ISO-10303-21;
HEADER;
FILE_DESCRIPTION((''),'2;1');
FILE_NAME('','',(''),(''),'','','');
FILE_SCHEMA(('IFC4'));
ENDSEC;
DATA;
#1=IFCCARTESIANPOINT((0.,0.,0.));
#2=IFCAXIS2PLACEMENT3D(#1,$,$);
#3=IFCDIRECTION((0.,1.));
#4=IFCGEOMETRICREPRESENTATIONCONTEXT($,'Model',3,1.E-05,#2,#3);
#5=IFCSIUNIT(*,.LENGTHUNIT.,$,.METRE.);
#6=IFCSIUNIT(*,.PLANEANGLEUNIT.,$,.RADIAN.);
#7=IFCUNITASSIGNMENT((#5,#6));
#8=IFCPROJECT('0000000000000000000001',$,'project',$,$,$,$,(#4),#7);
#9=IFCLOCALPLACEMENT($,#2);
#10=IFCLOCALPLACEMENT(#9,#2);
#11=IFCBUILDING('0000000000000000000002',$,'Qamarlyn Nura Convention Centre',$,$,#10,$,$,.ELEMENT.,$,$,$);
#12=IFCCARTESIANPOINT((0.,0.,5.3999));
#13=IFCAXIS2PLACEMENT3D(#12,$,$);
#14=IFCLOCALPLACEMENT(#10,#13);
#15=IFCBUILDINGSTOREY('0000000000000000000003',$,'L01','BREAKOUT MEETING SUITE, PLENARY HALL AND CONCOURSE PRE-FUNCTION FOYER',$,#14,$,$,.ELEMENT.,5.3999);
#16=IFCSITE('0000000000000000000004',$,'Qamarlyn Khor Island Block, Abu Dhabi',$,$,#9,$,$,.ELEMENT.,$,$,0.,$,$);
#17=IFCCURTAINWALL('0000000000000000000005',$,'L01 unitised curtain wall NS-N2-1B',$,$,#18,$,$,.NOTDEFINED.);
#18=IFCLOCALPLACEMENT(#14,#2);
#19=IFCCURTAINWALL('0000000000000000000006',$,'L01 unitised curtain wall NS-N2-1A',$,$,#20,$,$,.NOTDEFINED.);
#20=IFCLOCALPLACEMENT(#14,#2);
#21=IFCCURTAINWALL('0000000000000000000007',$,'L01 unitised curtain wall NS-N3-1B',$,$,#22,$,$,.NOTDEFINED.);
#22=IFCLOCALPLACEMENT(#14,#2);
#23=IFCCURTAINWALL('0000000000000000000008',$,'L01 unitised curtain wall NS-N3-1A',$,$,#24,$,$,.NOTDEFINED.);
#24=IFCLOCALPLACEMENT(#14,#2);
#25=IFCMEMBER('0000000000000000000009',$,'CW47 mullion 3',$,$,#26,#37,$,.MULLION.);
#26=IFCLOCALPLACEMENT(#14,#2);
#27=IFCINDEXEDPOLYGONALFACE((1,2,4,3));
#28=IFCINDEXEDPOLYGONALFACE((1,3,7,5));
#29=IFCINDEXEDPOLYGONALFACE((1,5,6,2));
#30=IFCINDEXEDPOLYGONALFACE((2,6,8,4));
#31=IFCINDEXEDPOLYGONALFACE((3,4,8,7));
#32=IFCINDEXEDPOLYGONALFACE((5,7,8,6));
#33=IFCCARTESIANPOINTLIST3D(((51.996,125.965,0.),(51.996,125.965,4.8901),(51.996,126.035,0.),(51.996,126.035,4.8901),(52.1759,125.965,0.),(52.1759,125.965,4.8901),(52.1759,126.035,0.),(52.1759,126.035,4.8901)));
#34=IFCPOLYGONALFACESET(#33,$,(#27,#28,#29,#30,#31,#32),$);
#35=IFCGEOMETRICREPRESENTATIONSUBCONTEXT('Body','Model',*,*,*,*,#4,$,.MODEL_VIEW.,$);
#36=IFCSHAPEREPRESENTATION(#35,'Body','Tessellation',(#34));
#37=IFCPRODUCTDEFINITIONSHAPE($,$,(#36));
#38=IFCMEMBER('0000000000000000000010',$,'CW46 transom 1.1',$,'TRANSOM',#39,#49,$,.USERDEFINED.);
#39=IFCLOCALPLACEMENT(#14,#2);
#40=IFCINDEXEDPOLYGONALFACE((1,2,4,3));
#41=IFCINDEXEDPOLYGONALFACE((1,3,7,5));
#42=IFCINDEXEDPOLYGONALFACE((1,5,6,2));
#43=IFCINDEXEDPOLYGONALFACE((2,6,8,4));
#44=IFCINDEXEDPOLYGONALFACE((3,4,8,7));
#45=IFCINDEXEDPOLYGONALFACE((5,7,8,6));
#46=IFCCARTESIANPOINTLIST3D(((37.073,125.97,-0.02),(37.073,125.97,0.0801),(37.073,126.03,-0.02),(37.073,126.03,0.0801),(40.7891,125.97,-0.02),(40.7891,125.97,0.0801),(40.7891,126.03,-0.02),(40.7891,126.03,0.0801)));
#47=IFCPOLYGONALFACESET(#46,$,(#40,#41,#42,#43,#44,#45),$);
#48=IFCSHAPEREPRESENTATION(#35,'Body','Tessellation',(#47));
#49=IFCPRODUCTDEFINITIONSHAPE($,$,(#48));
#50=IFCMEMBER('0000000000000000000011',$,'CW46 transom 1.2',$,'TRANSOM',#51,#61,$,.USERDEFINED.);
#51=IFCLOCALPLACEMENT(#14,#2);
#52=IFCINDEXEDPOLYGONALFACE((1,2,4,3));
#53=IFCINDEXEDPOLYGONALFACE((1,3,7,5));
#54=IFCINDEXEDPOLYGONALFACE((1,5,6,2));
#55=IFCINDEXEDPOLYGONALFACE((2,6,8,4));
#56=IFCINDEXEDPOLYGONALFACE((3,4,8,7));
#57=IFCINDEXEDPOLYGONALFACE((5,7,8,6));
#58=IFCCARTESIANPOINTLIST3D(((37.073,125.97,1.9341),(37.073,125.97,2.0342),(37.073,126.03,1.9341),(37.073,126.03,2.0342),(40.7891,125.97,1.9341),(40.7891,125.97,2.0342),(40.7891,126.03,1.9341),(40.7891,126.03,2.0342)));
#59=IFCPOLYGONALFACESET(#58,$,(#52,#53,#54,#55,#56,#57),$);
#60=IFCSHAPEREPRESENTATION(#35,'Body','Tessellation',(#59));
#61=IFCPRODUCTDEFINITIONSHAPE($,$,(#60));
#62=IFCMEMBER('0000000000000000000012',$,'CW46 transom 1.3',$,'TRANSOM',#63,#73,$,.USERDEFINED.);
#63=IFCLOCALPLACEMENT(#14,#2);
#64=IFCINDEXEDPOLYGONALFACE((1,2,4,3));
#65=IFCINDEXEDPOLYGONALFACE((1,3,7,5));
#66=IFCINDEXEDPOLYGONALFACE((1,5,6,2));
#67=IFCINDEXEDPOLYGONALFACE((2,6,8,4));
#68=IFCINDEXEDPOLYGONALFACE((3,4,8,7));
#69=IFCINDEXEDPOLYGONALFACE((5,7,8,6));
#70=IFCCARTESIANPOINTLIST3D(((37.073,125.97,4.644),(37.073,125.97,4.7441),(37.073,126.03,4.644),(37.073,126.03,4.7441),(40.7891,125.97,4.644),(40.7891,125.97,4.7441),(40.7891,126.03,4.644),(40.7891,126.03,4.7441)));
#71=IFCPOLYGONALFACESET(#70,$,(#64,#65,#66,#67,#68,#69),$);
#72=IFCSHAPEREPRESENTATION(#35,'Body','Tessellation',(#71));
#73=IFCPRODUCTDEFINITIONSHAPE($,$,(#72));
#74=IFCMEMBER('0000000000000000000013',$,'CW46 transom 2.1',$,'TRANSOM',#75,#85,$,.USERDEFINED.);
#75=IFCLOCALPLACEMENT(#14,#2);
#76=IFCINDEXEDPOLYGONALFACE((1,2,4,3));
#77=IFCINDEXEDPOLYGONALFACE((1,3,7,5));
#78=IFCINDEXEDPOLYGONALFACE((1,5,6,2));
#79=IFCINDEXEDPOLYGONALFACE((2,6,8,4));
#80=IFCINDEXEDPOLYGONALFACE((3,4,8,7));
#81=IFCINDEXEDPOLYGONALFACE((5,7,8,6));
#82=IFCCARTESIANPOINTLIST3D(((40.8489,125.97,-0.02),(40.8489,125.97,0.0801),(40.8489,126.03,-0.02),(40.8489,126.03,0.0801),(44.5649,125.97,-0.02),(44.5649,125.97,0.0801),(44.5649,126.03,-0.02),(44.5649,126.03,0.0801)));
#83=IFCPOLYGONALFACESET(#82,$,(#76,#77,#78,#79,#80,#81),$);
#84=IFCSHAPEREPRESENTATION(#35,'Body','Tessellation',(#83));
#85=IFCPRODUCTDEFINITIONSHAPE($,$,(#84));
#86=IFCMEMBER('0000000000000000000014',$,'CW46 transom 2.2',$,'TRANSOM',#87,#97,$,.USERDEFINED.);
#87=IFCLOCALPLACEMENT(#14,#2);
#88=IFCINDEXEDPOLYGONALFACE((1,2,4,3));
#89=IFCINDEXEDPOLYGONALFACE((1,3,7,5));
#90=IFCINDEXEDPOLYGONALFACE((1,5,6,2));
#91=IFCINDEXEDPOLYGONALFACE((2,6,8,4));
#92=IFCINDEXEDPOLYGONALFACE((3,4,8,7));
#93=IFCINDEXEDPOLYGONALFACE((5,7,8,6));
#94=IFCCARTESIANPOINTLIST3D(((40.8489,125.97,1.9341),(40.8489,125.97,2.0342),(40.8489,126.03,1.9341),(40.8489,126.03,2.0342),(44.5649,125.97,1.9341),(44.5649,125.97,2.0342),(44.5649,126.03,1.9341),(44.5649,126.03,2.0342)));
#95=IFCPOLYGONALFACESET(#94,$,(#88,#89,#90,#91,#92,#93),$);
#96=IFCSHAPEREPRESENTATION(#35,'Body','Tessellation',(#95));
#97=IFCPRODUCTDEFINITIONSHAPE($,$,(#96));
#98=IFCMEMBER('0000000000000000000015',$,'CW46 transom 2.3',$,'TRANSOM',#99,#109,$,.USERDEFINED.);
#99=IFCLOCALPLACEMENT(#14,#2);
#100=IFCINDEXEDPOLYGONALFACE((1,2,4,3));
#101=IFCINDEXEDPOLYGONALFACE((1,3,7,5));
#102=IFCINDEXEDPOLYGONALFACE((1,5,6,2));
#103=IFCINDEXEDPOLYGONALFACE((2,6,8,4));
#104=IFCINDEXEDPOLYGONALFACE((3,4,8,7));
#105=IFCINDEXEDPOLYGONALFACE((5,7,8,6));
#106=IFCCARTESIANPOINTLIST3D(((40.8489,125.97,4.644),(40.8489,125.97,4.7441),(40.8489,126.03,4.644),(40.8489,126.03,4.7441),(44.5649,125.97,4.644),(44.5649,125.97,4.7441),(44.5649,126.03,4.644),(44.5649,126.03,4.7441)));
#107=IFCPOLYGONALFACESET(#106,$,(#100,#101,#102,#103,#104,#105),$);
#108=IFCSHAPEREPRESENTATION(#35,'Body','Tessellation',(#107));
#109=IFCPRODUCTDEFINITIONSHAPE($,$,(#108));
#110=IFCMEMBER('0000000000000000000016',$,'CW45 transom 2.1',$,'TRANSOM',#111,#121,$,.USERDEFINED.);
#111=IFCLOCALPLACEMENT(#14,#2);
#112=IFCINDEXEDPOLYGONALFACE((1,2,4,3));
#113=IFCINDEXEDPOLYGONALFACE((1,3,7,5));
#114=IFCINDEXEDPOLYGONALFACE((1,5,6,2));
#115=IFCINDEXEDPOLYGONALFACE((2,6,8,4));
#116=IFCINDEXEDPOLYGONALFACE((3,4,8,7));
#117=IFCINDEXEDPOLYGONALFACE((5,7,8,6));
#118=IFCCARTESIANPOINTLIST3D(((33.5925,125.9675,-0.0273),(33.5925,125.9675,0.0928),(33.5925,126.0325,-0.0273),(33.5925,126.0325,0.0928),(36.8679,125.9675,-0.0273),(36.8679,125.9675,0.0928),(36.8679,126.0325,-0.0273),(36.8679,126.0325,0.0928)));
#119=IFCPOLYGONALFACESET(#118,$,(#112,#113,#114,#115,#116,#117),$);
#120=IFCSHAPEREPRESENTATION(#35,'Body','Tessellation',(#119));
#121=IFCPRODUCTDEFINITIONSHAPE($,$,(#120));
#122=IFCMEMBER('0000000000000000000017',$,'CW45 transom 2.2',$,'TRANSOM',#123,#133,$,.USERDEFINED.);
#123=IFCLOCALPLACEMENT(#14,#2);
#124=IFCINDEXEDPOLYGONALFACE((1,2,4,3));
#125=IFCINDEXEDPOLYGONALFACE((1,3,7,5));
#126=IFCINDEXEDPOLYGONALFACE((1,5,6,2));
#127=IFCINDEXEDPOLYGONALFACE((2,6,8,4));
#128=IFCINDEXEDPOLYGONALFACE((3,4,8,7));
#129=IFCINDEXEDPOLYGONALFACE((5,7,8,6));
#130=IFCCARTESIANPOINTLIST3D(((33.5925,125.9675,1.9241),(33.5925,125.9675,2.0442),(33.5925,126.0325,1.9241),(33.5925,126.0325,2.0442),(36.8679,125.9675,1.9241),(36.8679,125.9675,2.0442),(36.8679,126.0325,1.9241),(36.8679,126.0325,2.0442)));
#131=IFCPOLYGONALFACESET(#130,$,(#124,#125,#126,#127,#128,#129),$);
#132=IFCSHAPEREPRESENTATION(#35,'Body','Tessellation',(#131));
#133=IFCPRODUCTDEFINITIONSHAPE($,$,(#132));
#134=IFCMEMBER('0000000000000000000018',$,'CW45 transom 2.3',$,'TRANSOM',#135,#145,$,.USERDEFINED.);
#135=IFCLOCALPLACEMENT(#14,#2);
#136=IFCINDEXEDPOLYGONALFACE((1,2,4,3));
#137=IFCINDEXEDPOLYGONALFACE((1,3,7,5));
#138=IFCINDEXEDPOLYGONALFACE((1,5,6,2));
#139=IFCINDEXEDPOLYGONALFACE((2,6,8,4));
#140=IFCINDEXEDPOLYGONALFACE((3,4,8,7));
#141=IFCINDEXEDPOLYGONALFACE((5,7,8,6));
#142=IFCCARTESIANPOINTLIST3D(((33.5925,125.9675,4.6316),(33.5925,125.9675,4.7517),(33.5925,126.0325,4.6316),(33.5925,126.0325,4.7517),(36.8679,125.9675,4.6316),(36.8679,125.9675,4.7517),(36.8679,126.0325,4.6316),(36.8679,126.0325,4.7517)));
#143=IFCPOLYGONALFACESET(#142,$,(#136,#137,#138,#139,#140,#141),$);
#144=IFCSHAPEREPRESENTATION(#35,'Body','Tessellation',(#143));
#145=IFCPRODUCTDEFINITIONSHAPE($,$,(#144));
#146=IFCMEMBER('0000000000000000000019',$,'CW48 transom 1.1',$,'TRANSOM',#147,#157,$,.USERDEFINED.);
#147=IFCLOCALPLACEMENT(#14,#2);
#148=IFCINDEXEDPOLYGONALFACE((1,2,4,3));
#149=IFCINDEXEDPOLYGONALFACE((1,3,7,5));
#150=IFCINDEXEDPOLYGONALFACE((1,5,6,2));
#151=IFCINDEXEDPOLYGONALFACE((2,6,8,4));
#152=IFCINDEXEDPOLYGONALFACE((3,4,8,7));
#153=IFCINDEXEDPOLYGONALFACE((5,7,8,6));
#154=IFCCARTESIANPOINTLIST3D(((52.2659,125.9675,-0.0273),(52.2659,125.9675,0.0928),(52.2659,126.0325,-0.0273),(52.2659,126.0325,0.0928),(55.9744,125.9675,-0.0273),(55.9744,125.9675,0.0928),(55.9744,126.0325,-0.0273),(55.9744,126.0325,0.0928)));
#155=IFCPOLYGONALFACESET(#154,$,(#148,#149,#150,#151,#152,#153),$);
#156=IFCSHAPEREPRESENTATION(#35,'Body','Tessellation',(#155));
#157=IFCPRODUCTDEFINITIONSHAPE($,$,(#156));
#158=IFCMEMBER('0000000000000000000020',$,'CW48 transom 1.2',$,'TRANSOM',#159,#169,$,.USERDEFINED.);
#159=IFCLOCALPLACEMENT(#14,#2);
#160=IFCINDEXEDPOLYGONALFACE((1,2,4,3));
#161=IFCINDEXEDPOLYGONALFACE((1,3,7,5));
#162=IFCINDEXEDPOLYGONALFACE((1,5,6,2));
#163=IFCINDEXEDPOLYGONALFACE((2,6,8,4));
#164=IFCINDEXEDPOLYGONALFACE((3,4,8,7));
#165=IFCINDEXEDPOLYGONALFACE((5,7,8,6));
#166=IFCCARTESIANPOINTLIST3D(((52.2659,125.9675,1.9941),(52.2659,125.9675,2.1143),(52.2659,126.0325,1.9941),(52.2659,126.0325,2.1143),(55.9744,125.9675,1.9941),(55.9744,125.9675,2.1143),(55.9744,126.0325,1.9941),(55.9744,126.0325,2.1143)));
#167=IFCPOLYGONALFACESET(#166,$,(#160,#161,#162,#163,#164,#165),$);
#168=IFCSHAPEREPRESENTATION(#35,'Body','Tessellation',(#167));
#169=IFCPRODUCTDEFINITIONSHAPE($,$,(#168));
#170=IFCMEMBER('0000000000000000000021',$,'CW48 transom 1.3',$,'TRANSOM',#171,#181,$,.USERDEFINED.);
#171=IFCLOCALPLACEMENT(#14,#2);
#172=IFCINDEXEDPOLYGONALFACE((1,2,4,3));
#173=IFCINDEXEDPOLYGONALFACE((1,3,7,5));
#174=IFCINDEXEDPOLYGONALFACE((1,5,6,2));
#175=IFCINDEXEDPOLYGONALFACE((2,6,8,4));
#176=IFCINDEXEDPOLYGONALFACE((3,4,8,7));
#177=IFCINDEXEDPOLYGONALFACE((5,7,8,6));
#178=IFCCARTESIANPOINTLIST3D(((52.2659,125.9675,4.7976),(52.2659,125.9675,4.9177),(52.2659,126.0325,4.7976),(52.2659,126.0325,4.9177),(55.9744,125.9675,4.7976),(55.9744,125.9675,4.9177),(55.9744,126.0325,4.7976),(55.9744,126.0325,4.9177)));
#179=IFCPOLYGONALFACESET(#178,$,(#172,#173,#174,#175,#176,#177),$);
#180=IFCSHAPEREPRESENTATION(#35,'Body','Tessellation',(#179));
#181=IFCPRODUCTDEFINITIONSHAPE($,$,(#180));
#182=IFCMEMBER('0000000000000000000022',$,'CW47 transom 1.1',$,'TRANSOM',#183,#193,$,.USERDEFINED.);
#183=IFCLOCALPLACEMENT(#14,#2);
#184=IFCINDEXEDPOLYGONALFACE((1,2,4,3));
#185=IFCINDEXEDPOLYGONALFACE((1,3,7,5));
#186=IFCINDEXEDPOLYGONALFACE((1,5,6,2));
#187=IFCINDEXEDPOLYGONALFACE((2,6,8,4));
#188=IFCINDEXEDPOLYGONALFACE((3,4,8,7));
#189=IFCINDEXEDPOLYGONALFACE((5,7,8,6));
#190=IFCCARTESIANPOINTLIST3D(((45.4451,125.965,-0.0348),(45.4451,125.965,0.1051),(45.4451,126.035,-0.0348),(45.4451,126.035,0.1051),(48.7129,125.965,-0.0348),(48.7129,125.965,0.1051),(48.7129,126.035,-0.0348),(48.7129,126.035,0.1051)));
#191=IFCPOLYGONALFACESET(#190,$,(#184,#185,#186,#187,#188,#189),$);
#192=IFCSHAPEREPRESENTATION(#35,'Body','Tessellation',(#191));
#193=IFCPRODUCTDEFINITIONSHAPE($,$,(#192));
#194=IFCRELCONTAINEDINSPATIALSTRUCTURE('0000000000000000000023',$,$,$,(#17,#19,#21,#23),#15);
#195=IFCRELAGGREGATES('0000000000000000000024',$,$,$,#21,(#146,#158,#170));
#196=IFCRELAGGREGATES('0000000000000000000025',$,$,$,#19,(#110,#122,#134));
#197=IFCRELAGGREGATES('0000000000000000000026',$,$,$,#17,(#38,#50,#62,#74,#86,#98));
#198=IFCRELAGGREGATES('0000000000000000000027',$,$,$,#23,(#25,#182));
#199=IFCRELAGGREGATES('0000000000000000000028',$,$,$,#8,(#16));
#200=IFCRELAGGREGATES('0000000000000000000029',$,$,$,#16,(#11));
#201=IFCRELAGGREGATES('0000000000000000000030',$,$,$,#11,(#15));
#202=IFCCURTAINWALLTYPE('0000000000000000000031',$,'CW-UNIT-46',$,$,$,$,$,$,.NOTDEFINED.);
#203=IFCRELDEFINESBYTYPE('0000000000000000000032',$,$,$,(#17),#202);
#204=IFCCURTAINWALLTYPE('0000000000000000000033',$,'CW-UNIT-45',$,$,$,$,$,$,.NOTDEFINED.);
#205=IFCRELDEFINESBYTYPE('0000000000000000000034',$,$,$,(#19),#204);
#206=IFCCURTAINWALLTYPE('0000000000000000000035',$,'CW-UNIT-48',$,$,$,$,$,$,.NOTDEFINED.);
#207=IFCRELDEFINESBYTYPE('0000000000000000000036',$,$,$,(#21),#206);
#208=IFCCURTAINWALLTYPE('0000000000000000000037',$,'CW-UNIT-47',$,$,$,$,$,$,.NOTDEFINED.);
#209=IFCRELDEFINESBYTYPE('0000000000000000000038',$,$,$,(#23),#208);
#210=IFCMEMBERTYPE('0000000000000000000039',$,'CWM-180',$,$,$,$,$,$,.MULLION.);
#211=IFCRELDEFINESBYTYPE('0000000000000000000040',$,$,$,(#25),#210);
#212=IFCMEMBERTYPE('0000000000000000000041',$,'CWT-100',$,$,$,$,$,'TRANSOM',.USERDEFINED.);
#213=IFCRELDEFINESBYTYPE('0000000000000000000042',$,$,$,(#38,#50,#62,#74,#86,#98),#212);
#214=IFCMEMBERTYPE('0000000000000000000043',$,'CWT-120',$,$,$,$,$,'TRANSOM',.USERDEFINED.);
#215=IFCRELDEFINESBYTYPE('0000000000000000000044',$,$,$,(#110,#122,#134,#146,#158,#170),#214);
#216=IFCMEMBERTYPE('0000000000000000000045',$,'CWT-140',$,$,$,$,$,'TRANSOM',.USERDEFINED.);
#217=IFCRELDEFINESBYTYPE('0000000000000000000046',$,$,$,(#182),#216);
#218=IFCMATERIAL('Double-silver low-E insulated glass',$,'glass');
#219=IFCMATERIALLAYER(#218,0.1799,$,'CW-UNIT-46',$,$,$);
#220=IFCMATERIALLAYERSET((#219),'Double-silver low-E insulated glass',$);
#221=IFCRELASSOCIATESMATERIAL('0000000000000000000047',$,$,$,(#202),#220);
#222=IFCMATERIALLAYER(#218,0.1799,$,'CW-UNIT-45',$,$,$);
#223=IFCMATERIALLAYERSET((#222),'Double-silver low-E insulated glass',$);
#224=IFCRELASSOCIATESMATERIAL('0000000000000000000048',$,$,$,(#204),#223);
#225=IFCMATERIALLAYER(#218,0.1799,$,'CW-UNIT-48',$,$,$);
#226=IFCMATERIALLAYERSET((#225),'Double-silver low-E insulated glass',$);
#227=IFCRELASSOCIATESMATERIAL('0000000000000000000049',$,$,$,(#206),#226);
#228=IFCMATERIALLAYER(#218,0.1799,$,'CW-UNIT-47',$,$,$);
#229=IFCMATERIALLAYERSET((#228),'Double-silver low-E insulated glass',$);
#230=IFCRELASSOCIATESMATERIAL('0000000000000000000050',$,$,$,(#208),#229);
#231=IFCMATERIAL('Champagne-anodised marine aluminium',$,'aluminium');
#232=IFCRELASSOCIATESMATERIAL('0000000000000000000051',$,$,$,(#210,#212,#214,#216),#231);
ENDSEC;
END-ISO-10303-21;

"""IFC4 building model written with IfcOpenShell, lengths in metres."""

from ifc_helpers import new_model, si_unit, direction, frame, origin, origin_2d, place, context, subcontext, project, spatial, rectangle, extrude, material, layer, layer_set, material_profile, profile_set, type_object, element, aggregate, save


model = new_model("IFC4")

# Units and contexts
model_context = context("Model", 3, precision=1e-05, world=origin(), true_north=direction((0.0, 1.0)))
body_context = subcontext(model_context, "Body", "Model", "MODEL_VIEW")
ifc_project = project(units=[si_unit("LENGTHUNIT", "METRE"), si_unit("PLANEANGLEUNIT", "RADIAN")], contexts=[model_context])

# Site, building, storey
site_placement = place(None, origin())
site = spatial("IfcSite", under=ifc_project, at=site_placement, Name="Qamarlyn Khor Island Block, Abu Dhabi", CompositionType="ELEMENT", RefElevation=0.0)
building_placement = place(site_placement, origin())
building = spatial("IfcBuilding", under=site, at=building_placement, Name="Qamarlyn Nura Convention Centre", CompositionType="ELEMENT")
storey_placement = place(building_placement, frame((0.0, 0.0, 5.3999)))
storey = spatial("IfcBuildingStorey", under=building, at=storey_placement, Name="L01", Description="BREAKOUT MEETING SUITE, PLENARY HALL AND CONCOURSE PRE-FUNCTION FOYER", CompositionType="ELEMENT", Elevation=5.3999)

# Curtain walls
ifc_material_1 = material(Name="Double-silver low-E insulated glass", Category="glass")
ifc_layer_1 = layer(ifc_material_1, 0.1799, Name="CW-UNIT-46")
ifc_layer_set_1 = layer_set([ifc_layer_1], Name="Double-silver low-E insulated glass")
curtain_wall_type_1 = type_object("IfcCurtainWallType", Name="CW-UNIT-46", PredefinedType="NOTDEFINED", material=ifc_layer_set_1)
curtain_wall_1_placement = place(storey_placement, origin())
curtain_wall_1 = element("IfcCurtainWall", 1, at=curtain_wall_1_placement, inside=storey, type_object=curtain_wall_type_1, Name="L01 unitised curtain wall NS-N2-1B", PredefinedType="NOTDEFINED")
ifc_material_2 = material(Name="Champagne-anodised marine aluminium", Category="aluminium")
ifc_layer_2 = layer(ifc_material_1, 0.1799, Name="CW-UNIT-45")
ifc_layer_set_2 = layer_set([ifc_layer_2], Name="Double-silver low-E insulated glass")
curtain_wall_type_2 = type_object("IfcCurtainWallType", Name="CW-UNIT-45", PredefinedType="NOTDEFINED", material=ifc_layer_set_2)
curtain_wall_2_placement = place(storey_placement, origin())
curtain_wall_2 = element("IfcCurtainWall", 2, at=curtain_wall_2_placement, inside=storey, type_object=curtain_wall_type_2, Name="L01 unitised curtain wall NS-N2-1A", PredefinedType="NOTDEFINED")

# Curtain wall
ifc_layer_3 = layer(ifc_material_1, 0.1799, Name="CW-UNIT-48")
ifc_layer_set_3 = layer_set([ifc_layer_3], Name="Double-silver low-E insulated glass")
curtain_wall_type_3 = type_object("IfcCurtainWallType", Name="CW-UNIT-48", PredefinedType="NOTDEFINED", material=ifc_layer_set_3)
curtain_wall_3_placement = place(storey_placement, origin())
curtain_wall_3 = element("IfcCurtainWall", 3, at=curtain_wall_3_placement, inside=storey, type_object=curtain_wall_type_3, Name="L01 unitised curtain wall NS-N3-1B", PredefinedType="NOTDEFINED")

# Curtain wall, member
ifc_layer_4 = layer(ifc_material_1, 0.1799, Name="CW-UNIT-47")
ifc_layer_set_4 = layer_set([ifc_layer_4], Name="Double-silver low-E insulated glass")
curtain_wall_type_4 = type_object("IfcCurtainWallType", Name="CW-UNIT-47", PredefinedType="NOTDEFINED", material=ifc_layer_set_4)
curtain_wall_4_placement = place(storey_placement, origin())
curtain_wall_4 = element("IfcCurtainWall", 4, at=curtain_wall_4_placement, inside=storey, type_object=curtain_wall_type_4, Name="L01 unitised curtain wall NS-N3-1A", PredefinedType="NOTDEFINED")
ifc_material_profile_1 = material_profile(ifc_material_2, rectangle(XDim=0.0701, YDim=0.1799, at=origin_2d()), Name="ALU MULLION 70x180")
ifc_profile_set_1 = profile_set([ifc_material_profile_1], Name="Champagne-anodised marine aluminium")
member_type_1 = type_object("IfcMemberType", Name="CWM-180", PredefinedType="MULLION", material=ifc_profile_set_1)
member_1_placement = place(storey_placement, frame((52.0859, 126.0, 0.0), z_axis=(0.0, 0.0, 1.0), x_axis=(0.0, 1.0, 0.0)))
member_1 = element("IfcMember", 5, at=member_1_placement, type_object=member_type_1, Name="CW47 mullion 3", PredefinedType="MULLION", context=body_context, shape_type="SweptSolid", body=[
    extrude(rectangle(XDim=0.0701, YDim=0.1799, at=origin_2d()), origin(), (0.0, 0.0, 1.0), 4.8901),
])

# Members
ifc_material_profile_2 = material_profile(ifc_material_2, rectangle(XDim=0.0601, YDim=0.1001, at=origin_2d()), Name="ALU TRANSOM 60x100")
ifc_profile_set_2 = profile_set([ifc_material_profile_2], Name="Champagne-anodised marine aluminium")
member_type_2 = type_object("IfcMemberType", Name="CWT-100", ElementType="TRANSOM", PredefinedType="USERDEFINED", material=ifc_profile_set_2)
member_2_placement = place(storey_placement, frame((37.073, 126.0, 0.03), z_axis=(1.0, 0.0, 0.0), x_axis=(0.0, 1.0, 0.0)))
member_2 = element("IfcMember", 6, at=member_2_placement, type_object=member_type_2, Name="CW46 transom 1.1", ObjectType="TRANSOM", PredefinedType="USERDEFINED", context=body_context, shape_type="SweptSolid", body=[
    extrude(rectangle(XDim=0.0601, YDim=0.1001, at=origin_2d()), origin(), (0.0, 0.0, 1.0), 3.7161),
])
member_3_placement = place(storey_placement, frame((37.073, 126.0, 1.9841), z_axis=(1.0, 0.0, 0.0), x_axis=(0.0, 1.0, 0.0)))
member_3 = element("IfcMember", 7, at=member_3_placement, type_object=member_type_2, Name="CW46 transom 1.2", ObjectType="TRANSOM", PredefinedType="USERDEFINED", context=body_context, shape_type="SweptSolid", body=[
    extrude(rectangle(XDim=0.0601, YDim=0.1001, at=origin_2d()), origin(), (0.0, 0.0, 1.0), 3.7161),
])
member_4_placement = place(storey_placement, frame((37.073, 126.0, 4.6941), z_axis=(1.0, 0.0, 0.0), x_axis=(0.0, 1.0, 0.0)))
member_4 = element("IfcMember", 8, at=member_4_placement, type_object=member_type_2, Name="CW46 transom 1.3", ObjectType="TRANSOM", PredefinedType="USERDEFINED", context=body_context, shape_type="SweptSolid", body=[
    extrude(rectangle(XDim=0.0601, YDim=0.1001, at=origin_2d()), origin(), (0.0, 0.0, 1.0), 3.7161),
])
member_5_placement = place(storey_placement, frame((40.8489, 126.0, 0.03), z_axis=(1.0, 0.0, 0.0), x_axis=(0.0, 1.0, 0.0)))
member_5 = element("IfcMember", 9, at=member_5_placement, type_object=member_type_2, Name="CW46 transom 2.1", ObjectType="TRANSOM", PredefinedType="USERDEFINED", context=body_context, shape_type="SweptSolid", body=[
    extrude(rectangle(XDim=0.0601, YDim=0.1001, at=origin_2d()), origin(), (0.0, 0.0, 1.0), 3.7161),
])
member_6_placement = place(storey_placement, frame((40.8489, 126.0, 1.9841), z_axis=(1.0, 0.0, 0.0), x_axis=(0.0, 1.0, 0.0)))
member_6 = element("IfcMember", 10, at=member_6_placement, type_object=member_type_2, Name="CW46 transom 2.2", ObjectType="TRANSOM", PredefinedType="USERDEFINED", context=body_context, shape_type="SweptSolid", body=[
    extrude(rectangle(XDim=0.0601, YDim=0.1001, at=origin_2d()), origin(), (0.0, 0.0, 1.0), 3.7161),
])
member_7_placement = place(storey_placement, frame((40.8489, 126.0, 4.6941), z_axis=(1.0, 0.0, 0.0), x_axis=(0.0, 1.0, 0.0)))
member_7 = element("IfcMember", 11, at=member_7_placement, type_object=member_type_2, Name="CW46 transom 2.3", ObjectType="TRANSOM", PredefinedType="USERDEFINED", context=body_context, shape_type="SweptSolid", body=[
    extrude(rectangle(XDim=0.0601, YDim=0.1001, at=origin_2d()), origin(), (0.0, 0.0, 1.0), 3.7161),
])
ifc_material_profile_3 = material_profile(ifc_material_2, rectangle(XDim=0.0649, YDim=0.1201, at=origin_2d()), Name="ALU TRANSOM 65x120")
ifc_profile_set_3 = profile_set([ifc_material_profile_3], Name="Champagne-anodised marine aluminium")
member_type_3 = type_object("IfcMemberType", Name="CWT-120", ElementType="TRANSOM", PredefinedType="USERDEFINED", material=ifc_profile_set_3)
member_8_placement = place(storey_placement, frame((33.5925, 126.0, 0.0327), z_axis=(1.0, 0.0, 0.0), x_axis=(0.0, 1.0, 0.0)))
member_8 = element("IfcMember", 12, at=member_8_placement, type_object=member_type_3, Name="CW45 transom 2.1", ObjectType="TRANSOM", PredefinedType="USERDEFINED", context=body_context, shape_type="SweptSolid", body=[
    extrude(rectangle(XDim=0.0649, YDim=0.1201, at=origin_2d()), origin(), (0.0, 0.0, 1.0), 3.2754),
])
member_9_placement = place(storey_placement, frame((33.5925, 126.0, 1.9841), z_axis=(1.0, 0.0, 0.0), x_axis=(0.0, 1.0, 0.0)))
member_9 = element("IfcMember", 13, at=member_9_placement, type_object=member_type_3, Name="CW45 transom 2.2", ObjectType="TRANSOM", PredefinedType="USERDEFINED", context=body_context, shape_type="SweptSolid", body=[
    extrude(rectangle(XDim=0.0649, YDim=0.1201, at=origin_2d()), origin(), (0.0, 0.0, 1.0), 3.2754),
])
member_10_placement = place(storey_placement, frame((33.5925, 126.0, 4.6917), z_axis=(1.0, 0.0, 0.0), x_axis=(0.0, 1.0, 0.0)))
member_10 = element("IfcMember", 14, at=member_10_placement, type_object=member_type_3, Name="CW45 transom 2.3", ObjectType="TRANSOM", PredefinedType="USERDEFINED", context=body_context, shape_type="SweptSolid", body=[
    extrude(rectangle(XDim=0.0649, YDim=0.1201, at=origin_2d()), origin(), (0.0, 0.0, 1.0), 3.2754),
])
member_11_placement = place(storey_placement, frame((52.2659, 126.0, 0.0327), z_axis=(1.0, 0.0, 0.0), x_axis=(0.0, 1.0, 0.0)))
member_11 = element("IfcMember", 15, at=member_11_placement, type_object=member_type_3, Name="CW48 transom 1.1", ObjectType="TRANSOM", PredefinedType="USERDEFINED", context=body_context, shape_type="SweptSolid", body=[
    extrude(rectangle(XDim=0.0649, YDim=0.1201, at=origin_2d()), origin(), (0.0, 0.0, 1.0), 3.7085),
])
member_12_placement = place(storey_placement, frame((52.2659, 126.0, 2.0542), z_axis=(1.0, 0.0, 0.0), x_axis=(0.0, 1.0, 0.0)))
member_12 = element("IfcMember", 16, at=member_12_placement, type_object=member_type_3, Name="CW48 transom 1.2", ObjectType="TRANSOM", PredefinedType="USERDEFINED", context=body_context, shape_type="SweptSolid", body=[
    extrude(rectangle(XDim=0.0649, YDim=0.1201, at=origin_2d()), origin(), (0.0, 0.0, 1.0), 3.7085),
])
member_13_placement = place(storey_placement, frame((52.2659, 126.0, 4.8577), z_axis=(1.0, 0.0, 0.0), x_axis=(0.0, 1.0, 0.0)))
member_13 = element("IfcMember", 17, at=member_13_placement, type_object=member_type_3, Name="CW48 transom 1.3", ObjectType="TRANSOM", PredefinedType="USERDEFINED", context=body_context, shape_type="SweptSolid", body=[
    extrude(rectangle(XDim=0.0649, YDim=0.1201, at=origin_2d()), origin(), (0.0, 0.0, 1.0), 3.7085),
])
aggregate(curtain_wall_3, [member_11, member_12, member_13])
ifc_material_profile_4 = material_profile(ifc_material_2, rectangle(XDim=0.0701, YDim=0.1399, at=origin_2d()), Name="ALU TRANSOM 70x140")
ifc_profile_set_4 = profile_set([ifc_material_profile_4], Name="Champagne-anodised marine aluminium")
member_type_4 = type_object("IfcMemberType", Name="CWT-140", ElementType="TRANSOM", PredefinedType="USERDEFINED", material=ifc_profile_set_4)
member_14_placement = place(storey_placement, frame((45.4451, 126.0, 0.0352), z_axis=(1.0, 0.0, 0.0), x_axis=(0.0, 1.0, 0.0)))
member_14 = element("IfcMember", 18, at=member_14_placement, type_object=member_type_4, Name="CW47 transom 1.1", ObjectType="TRANSOM", PredefinedType="USERDEFINED", context=body_context, shape_type="SweptSolid", body=[
    extrude(rectangle(XDim=0.0701, YDim=0.1399, at=origin_2d()), origin(), (0.0, 0.0, 1.0), 3.2678),
])

aggregate(curtain_wall_2, [member_8, member_9, member_10])
aggregate(curtain_wall_1, [member_2, member_3, member_4, member_5, member_6, member_7])
aggregate(curtain_wall_4, [member_1, member_14])

save(model, "model.ifc")
